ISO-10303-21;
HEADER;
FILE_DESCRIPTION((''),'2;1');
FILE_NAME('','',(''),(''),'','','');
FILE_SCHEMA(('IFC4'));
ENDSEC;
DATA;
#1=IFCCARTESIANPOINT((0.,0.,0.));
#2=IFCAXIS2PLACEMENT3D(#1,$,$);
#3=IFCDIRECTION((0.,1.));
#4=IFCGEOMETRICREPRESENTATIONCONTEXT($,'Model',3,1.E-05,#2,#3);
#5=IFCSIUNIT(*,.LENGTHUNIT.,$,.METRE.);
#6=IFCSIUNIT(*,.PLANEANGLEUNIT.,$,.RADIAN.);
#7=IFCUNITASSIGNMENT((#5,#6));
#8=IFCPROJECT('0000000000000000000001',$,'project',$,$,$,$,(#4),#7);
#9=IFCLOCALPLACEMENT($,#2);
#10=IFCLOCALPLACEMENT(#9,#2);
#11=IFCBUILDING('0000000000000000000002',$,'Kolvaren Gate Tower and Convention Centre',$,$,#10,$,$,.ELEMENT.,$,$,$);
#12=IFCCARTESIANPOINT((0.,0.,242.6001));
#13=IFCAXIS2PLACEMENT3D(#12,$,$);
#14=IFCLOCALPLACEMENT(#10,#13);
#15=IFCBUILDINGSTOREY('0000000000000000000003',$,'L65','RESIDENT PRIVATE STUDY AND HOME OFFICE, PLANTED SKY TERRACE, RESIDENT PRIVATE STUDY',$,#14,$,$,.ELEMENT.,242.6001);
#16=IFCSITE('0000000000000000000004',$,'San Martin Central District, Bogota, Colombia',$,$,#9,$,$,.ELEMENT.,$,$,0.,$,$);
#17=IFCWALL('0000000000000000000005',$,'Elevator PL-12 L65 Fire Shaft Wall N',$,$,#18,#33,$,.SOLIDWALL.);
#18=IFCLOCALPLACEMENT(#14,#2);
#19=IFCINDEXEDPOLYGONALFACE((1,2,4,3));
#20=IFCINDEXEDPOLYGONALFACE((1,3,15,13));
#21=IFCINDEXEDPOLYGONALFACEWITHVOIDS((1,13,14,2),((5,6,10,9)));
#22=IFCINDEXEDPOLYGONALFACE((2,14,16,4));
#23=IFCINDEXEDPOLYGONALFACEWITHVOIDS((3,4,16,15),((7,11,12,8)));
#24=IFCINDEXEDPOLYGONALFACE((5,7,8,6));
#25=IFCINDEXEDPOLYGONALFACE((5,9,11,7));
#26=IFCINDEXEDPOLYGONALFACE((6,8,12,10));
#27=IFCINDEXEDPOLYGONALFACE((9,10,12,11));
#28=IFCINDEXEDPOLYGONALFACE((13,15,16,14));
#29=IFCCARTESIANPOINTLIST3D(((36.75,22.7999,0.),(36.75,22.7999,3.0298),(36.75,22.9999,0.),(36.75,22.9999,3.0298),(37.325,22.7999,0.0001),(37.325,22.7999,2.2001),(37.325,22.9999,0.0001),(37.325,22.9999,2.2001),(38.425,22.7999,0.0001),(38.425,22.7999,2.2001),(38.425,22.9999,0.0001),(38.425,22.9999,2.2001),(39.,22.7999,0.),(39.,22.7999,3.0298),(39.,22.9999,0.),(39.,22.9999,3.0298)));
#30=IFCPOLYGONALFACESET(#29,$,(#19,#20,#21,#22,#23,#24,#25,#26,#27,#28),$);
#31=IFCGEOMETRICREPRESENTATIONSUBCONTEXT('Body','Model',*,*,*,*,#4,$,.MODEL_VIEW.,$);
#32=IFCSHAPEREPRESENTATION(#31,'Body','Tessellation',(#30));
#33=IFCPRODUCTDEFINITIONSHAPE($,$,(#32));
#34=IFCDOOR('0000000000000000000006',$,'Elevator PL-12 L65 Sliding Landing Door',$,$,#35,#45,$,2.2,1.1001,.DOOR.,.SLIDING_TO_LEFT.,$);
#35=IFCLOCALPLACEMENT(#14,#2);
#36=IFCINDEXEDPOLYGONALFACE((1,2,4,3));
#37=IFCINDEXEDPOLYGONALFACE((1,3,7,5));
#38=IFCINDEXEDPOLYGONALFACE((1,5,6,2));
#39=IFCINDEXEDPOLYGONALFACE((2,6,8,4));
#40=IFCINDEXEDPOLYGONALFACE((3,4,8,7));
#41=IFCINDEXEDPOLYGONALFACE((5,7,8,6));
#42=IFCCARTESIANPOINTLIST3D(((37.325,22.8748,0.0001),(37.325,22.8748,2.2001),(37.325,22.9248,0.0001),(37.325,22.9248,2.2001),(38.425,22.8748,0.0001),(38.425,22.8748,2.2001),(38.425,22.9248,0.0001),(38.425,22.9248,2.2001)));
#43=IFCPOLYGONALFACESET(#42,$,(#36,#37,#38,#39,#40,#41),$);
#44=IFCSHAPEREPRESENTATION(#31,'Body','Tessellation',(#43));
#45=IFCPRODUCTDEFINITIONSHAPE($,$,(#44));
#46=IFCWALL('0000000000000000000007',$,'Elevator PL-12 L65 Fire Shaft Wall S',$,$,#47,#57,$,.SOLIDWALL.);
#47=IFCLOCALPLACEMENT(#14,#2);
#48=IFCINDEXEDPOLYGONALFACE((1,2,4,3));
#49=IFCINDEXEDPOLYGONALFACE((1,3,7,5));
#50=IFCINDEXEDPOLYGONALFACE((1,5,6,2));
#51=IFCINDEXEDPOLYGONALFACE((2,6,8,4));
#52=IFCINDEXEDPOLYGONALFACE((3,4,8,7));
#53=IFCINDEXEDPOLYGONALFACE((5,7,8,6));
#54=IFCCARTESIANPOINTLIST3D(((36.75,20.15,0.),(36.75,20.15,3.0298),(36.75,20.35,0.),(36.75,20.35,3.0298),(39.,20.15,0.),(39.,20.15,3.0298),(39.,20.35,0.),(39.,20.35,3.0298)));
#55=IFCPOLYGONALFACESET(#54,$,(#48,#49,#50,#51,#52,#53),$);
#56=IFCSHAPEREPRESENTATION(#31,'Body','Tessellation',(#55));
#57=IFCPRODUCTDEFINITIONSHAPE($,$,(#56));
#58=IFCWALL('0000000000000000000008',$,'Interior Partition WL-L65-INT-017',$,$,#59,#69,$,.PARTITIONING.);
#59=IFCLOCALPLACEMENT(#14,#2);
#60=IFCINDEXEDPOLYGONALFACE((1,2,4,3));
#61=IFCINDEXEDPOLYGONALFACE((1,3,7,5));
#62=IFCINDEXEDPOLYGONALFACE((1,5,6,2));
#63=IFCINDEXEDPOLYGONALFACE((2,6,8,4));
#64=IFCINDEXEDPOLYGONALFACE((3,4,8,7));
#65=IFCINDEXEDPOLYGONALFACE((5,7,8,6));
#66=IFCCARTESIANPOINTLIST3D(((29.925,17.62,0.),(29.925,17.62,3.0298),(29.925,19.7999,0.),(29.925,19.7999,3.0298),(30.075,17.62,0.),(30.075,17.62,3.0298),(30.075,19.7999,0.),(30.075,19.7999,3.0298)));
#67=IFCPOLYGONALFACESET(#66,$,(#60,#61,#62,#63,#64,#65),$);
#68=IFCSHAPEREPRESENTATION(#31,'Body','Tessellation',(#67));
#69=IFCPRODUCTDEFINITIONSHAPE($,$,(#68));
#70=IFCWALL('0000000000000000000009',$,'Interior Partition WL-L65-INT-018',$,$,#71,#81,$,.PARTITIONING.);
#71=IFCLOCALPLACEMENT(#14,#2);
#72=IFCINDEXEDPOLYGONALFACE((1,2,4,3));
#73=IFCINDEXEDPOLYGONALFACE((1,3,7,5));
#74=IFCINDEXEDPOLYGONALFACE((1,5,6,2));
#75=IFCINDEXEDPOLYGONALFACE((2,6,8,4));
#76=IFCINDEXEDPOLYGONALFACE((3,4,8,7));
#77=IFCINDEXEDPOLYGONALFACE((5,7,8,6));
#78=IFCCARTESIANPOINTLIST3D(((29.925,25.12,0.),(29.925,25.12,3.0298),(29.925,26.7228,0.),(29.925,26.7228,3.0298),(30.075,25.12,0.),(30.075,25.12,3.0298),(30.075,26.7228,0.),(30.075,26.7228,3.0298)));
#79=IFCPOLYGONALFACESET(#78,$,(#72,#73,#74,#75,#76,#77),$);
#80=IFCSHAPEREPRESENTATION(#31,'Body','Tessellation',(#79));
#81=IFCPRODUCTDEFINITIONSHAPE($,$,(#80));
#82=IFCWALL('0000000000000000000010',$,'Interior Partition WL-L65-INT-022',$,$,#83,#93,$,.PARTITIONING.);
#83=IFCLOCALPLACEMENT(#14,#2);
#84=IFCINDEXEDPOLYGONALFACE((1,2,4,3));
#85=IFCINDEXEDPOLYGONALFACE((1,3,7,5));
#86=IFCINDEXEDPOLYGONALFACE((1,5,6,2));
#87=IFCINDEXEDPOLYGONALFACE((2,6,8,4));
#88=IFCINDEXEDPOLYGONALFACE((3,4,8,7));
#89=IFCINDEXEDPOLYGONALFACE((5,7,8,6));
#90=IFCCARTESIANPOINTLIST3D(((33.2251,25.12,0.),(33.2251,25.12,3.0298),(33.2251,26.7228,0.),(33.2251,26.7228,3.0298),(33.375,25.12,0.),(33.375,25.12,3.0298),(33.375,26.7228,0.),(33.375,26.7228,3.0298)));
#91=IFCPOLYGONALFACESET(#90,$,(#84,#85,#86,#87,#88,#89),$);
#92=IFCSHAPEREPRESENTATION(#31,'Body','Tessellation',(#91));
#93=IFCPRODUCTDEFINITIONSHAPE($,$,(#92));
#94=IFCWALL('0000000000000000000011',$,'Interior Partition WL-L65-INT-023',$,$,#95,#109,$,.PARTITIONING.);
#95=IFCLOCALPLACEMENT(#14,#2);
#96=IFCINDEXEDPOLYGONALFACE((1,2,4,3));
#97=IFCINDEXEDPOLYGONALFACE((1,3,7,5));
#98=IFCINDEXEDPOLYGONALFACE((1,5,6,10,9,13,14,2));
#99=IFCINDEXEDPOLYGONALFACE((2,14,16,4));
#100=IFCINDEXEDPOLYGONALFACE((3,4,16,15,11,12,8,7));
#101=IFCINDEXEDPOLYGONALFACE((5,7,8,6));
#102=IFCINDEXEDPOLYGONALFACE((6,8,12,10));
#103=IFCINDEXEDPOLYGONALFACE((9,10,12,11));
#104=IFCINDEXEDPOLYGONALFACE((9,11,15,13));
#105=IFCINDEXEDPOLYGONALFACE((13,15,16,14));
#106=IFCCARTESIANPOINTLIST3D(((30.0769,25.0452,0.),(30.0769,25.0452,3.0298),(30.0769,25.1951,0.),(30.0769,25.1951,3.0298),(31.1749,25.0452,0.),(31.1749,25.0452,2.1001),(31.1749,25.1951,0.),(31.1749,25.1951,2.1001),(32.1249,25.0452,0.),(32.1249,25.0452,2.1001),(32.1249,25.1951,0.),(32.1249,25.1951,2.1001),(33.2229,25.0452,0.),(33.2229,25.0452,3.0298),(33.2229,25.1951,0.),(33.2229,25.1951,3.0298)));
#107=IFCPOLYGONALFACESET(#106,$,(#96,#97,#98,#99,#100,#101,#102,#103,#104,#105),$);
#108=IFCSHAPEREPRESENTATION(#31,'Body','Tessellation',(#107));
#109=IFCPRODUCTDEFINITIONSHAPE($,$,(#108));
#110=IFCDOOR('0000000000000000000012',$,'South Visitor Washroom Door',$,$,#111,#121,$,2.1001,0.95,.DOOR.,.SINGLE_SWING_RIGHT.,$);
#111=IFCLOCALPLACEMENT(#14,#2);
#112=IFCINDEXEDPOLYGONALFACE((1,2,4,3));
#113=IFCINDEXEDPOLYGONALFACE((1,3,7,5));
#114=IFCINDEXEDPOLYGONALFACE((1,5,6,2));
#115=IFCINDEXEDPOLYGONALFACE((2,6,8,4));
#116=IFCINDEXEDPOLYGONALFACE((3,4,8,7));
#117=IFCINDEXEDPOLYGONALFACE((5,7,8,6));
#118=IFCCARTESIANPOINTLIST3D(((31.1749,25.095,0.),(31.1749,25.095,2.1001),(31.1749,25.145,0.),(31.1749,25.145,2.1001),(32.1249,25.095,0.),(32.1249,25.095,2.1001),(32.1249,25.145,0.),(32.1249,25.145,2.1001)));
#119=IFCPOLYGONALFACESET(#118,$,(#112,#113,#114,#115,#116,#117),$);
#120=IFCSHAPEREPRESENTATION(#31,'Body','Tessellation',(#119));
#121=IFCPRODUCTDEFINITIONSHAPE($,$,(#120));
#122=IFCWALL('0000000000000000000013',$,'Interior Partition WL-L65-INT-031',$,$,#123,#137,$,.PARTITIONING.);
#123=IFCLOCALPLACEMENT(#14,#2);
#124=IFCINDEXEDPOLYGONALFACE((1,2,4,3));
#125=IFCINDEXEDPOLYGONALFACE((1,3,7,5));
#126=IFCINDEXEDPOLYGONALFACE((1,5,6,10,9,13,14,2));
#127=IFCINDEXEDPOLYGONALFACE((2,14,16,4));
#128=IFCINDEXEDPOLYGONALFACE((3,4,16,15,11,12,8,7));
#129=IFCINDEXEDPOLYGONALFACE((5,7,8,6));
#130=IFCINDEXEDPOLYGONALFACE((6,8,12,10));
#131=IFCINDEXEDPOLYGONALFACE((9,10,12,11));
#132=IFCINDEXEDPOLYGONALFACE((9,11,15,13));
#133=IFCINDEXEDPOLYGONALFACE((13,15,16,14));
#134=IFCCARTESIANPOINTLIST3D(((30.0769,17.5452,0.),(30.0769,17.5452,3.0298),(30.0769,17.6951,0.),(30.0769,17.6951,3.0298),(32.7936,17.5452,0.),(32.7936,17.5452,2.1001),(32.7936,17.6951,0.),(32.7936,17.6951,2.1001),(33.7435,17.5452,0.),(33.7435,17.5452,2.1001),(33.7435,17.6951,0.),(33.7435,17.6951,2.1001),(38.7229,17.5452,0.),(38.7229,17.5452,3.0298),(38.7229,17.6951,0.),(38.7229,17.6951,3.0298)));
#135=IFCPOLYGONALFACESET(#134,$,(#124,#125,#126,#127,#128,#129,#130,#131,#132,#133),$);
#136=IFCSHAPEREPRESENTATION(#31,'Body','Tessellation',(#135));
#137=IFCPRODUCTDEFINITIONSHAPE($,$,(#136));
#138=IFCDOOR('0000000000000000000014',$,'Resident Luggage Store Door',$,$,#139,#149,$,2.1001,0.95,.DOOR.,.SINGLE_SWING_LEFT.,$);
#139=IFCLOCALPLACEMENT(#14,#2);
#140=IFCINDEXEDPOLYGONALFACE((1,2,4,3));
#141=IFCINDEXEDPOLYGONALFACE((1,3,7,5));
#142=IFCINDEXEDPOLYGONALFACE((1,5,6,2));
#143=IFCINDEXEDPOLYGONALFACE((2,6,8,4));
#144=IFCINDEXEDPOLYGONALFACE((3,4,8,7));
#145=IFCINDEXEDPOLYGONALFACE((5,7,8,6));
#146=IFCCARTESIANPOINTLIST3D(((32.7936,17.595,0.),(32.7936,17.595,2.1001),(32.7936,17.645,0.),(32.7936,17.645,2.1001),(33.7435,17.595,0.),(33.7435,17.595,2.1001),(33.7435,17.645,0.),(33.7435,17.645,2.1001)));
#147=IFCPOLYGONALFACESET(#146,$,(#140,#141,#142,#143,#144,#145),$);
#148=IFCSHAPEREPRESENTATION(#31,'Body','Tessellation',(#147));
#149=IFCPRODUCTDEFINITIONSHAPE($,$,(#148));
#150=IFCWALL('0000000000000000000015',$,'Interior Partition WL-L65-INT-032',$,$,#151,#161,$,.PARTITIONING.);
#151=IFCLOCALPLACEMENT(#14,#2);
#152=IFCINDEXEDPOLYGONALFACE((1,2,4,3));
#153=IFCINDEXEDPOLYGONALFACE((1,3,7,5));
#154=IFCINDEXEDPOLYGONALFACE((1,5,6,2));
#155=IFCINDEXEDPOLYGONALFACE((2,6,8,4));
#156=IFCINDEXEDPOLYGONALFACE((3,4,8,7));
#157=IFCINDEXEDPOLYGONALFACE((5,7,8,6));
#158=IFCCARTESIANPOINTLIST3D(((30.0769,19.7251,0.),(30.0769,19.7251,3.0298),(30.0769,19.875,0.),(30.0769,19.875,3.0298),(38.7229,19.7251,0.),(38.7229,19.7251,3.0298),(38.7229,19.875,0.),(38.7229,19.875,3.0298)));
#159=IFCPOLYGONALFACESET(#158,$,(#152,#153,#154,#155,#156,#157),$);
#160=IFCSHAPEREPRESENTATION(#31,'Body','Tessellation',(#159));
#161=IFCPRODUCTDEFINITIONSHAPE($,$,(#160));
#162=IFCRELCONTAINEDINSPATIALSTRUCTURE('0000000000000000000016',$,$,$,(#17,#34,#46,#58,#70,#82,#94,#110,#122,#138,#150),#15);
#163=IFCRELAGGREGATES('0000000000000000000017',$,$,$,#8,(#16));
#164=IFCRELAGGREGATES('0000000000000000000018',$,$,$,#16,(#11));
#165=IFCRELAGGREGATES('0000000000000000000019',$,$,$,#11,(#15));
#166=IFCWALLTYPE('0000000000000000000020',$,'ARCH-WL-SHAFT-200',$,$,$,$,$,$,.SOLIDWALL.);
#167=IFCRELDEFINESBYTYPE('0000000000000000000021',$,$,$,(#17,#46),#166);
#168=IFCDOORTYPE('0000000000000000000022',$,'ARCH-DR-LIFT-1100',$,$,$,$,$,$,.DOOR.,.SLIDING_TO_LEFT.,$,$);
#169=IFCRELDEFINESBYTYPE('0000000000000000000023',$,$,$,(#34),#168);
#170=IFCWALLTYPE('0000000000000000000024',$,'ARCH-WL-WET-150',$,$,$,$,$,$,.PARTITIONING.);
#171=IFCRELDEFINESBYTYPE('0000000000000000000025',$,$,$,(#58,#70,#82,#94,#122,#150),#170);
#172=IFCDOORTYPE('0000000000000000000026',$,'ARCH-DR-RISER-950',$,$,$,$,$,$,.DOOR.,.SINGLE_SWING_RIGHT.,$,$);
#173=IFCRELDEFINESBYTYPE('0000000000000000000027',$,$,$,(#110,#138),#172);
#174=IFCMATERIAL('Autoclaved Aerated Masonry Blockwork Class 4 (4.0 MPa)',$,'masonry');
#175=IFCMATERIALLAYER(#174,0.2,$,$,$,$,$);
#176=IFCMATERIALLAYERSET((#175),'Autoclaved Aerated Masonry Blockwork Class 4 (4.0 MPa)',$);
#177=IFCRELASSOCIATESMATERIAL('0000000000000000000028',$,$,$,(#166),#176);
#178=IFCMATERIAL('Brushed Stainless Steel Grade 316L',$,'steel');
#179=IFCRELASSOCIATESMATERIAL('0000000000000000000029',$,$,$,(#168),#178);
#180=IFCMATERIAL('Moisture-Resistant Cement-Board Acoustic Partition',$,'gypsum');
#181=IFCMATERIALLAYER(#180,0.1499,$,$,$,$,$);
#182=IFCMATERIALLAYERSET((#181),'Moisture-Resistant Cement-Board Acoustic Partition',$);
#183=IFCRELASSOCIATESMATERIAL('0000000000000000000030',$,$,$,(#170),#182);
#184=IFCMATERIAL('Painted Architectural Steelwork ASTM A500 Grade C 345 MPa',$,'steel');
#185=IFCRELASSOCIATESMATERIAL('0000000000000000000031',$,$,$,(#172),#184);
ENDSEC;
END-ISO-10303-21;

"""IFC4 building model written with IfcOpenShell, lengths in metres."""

from ifc_helpers import new_model, si_unit, direction, frame, frame_2d, origin, place, context, subcontext, project, spatial, rectangle, extrude, material, layer, layer_set, type_object, element, fill, save


model = new_model("IFC4")

# Units and contexts
model_context = context("Model", 3, precision=1e-05, world=origin(), true_north=direction((0.0, 1.0)))
body_context = subcontext(model_context, "Body", "Model", "MODEL_VIEW")
ifc_project = project(units=[si_unit("LENGTHUNIT", "METRE"), si_unit("PLANEANGLEUNIT", "RADIAN")], contexts=[model_context])

# Site, building, storey
site_placement = place(None, origin())
site = spatial("IfcSite", under=ifc_project, at=site_placement, Name="San Martin Central District, Bogota, Colombia", CompositionType="ELEMENT", RefElevation=0.0)
building_placement = place(site_placement, origin())
building = spatial("IfcBuilding", under=site, at=building_placement, Name="Kolvaren Gate Tower and Convention Centre", CompositionType="ELEMENT")
storey_placement = place(building_placement, frame((0.0, 0.0, 242.6001)))
storey = spatial("IfcBuildingStorey", under=building, at=storey_placement, Name="L65", Description="RESIDENT PRIVATE STUDY AND HOME OFFICE, PLANTED SKY TERRACE, RESIDENT PRIVATE STUDY", CompositionType="ELEMENT", Elevation=242.6001)

# Shared definitions
ifc_material_1 = material(Name="Autoclaved Aerated Masonry Blockwork Class 4 (4.0 MPa)", Category="masonry")
ifc_layer_1 = layer(ifc_material_1, 0.2)
ifc_layer_set_1 = layer_set([ifc_layer_1], Name="Autoclaved Aerated Masonry Blockwork Class 4 (4.0 MPa)")
wall_type_1 = type_object("IfcWallType", Name="ARCH-WL-SHAFT-200", PredefinedType="SOLIDWALL", material=ifc_layer_set_1)

# Shared definitions
ifc_material_2 = material(Name="Brushed Stainless Steel Grade 316L", Category="steel")
door_type_1 = type_object("IfcDoorType", Name="ARCH-DR-LIFT-1100", OperationType="SLIDING_TO_LEFT", PredefinedType="DOOR", material=ifc_material_2)

# Wall, opening, door
wall_1_placement = place(storey_placement, frame((36.75, 22.8999, 0.0), z_axis=(0.0, 0.0, 1.0), x_axis=(1.0, 0.0, 0.0)))
wall_1 = element("IfcWall", 1, at=wall_1_placement, inside=storey, type_object=wall_type_1, Name="Elevator PL-12 L65 Fire Shaft Wall N", PredefinedType="SOLIDWALL", context=body_context, shape_type="SweptSolid", body=[
    extrude(rectangle(XDim=2.25, YDim=0.2, at=frame_2d((1.125, 0.0))), origin(), (0.0, 0.0, 1.0), 3.0298),
])
opening_1_placement = place(wall_1_placement, frame((0.575, 0.0, 0.0)))
opening_1 = element("IfcOpeningElement", 2, at=opening_1_placement, cuts=wall_1, PredefinedType="OPENING", context=body_context, shape_type="SweptSolid", body=[
    extrude(rectangle(XDim=1.1001, YDim=2.2, at=frame_2d((0.55, 1.1001))), frame((0.0, 0.1099, 0.0), z_axis=(0.0, -1.0, 0.0), x_axis=(1.0, 0.0, 0.0)), (0.0, 0.0, 1.0), 0.22),
])
door_1_placement = place(opening_1_placement, origin())
door_1 = element("IfcDoor", 3, at=door_1_placement, inside=storey, type_object=door_type_1, Name="Elevator PL-12 L65 Sliding Landing Door", OperationType="SLIDING_TO_LEFT", OverallHeight=2.2, OverallWidth=1.1001, PredefinedType="DOOR", context=body_context, shape_type="SweptSolid", body=[
    extrude(rectangle(XDim=1.1001, YDim=2.2, at=frame_2d((0.55, 1.1001))), frame((0.0, 0.0249, 0.0), z_axis=(0.0, -1.0, 0.0), x_axis=(1.0, 0.0, 0.0)), (0.0, 0.0, 1.0), 0.05),
])
fill(opening_1, door_1)

# Walls
wall_2_placement = place(storey_placement, frame((36.75, 20.25, 0.0), z_axis=(0.0, 0.0, 1.0), x_axis=(1.0, 0.0, 0.0)))
element("IfcWall", 4, at=wall_2_placement, inside=storey, type_object=wall_type_1, Name="Elevator PL-12 L65 Fire Shaft Wall S", PredefinedType="SOLIDWALL", context=body_context, shape_type="SweptSolid", body=[
    extrude(rectangle(XDim=2.25, YDim=0.2, at=frame_2d((1.125, 0.0))), origin(), (0.0, 0.0, 1.0), 3.0298),
])
ifc_material_3 = material(Name="Moisture-Resistant Cement-Board Acoustic Partition", Category="gypsum")
ifc_layer_2 = layer(ifc_material_3, 0.1499)
ifc_layer_set_2 = layer_set([ifc_layer_2], Name="Moisture-Resistant Cement-Board Acoustic Partition")
wall_type_2 = type_object("IfcWallType", Name="ARCH-WL-WET-150", PredefinedType="PARTITIONING", material=ifc_layer_set_2)
wall_3_placement = place(storey_placement, frame((30.0, 17.6201, 0.0), z_axis=(0.0, 0.0, 1.0), x_axis=(0.0, 1.0, 0.0)))
element("IfcWall", 5, at=wall_3_placement, inside=storey, type_object=wall_type_2, Name="Interior Partition WL-L65-INT-017", PredefinedType="PARTITIONING", context=body_context, shape_type="SweptSolid", body=[
    extrude(rectangle(XDim=2.1799, YDim=0.1499, at=frame_2d((1.0898, 0.0))), origin(), (0.0, 0.0, 1.0), 3.0298),
])
for number, where, z_axis, x_axis, name in (
    (6, (30.0, 25.1201, 0.0), (0.0, 0.0, 1.0), (0.0, 1.0, 0.0), "Interior Partition WL-L65-INT-018"),
    (7, (33.3, 25.1201, 0.0), (0.0, 0.0, 1.0), (0.0, 1.0, 0.0), "Interior Partition WL-L65-INT-022"),
):
    element("IfcWall", number, at=place(storey_placement, frame(where, z_axis=z_axis, x_axis=x_axis)), inside=storey, type_object=wall_type_2, Name=name, PredefinedType="PARTITIONING", context=body_context, shape_type="SweptSolid", body=[
        extrude(rectangle(XDim=1.6028, YDim=0.1499, at=frame_2d((0.8013, 0.0))), origin(), (0.0, 0.0, 1.0), 3.0298),
    ])

# Walls, openings, doors
wall_4_placement = place(storey_placement, frame((30.0769, 25.1201, 0.0), z_axis=(0.0, 0.0, 1.0), x_axis=(1.0, 0.0, 0.0)))
wall_4 = element("IfcWall", 8, at=wall_4_placement, inside=storey, type_object=wall_type_2, Name="Interior Partition WL-L65-INT-023", PredefinedType="PARTITIONING", context=body_context, shape_type="SweptSolid", body=[
    extrude(rectangle(XDim=3.146, YDim=0.1499, at=frame_2d((1.573, 0.0))), origin(), (0.0, 0.0, 1.0), 3.0298),
])
opening_2_placement = place(wall_4_placement, frame((1.0979, 0.0, 0.0)))
opening_2 = element("IfcOpeningElement", 9, at=opening_2_placement, cuts=wall_4, PredefinedType="OPENING", context=body_context, shape_type="SweptSolid", body=[
    extrude(rectangle(XDim=0.95, YDim=2.1001, at=frame_2d((0.4751, 1.05))), frame((0.0, 0.085, 0.0), z_axis=(0.0, -1.0, 0.0), x_axis=(1.0, 0.0, 0.0)), (0.0, 0.0, 1.0), 0.1699),
])
ifc_material_4 = material(Name="Painted Architectural Steelwork ASTM A500 Grade C 345 MPa", Category="steel")
door_type_2 = type_object("IfcDoorType", Name="ARCH-DR-RISER-950", OperationType="SINGLE_SWING_RIGHT", PredefinedType="DOOR", material=ifc_material_4)
door_2_placement = place(opening_2_placement, origin())
door_2 = element("IfcDoor", 10, at=door_2_placement, inside=storey, type_object=door_type_2, Name="South Visitor Washroom Door", OperationType="SINGLE_SWING_RIGHT", OverallHeight=2.1001, OverallWidth=0.95, PredefinedType="DOOR", context=body_context, shape_type="SweptSolid", body=[
    extrude(rectangle(XDim=0.95, YDim=2.1001, at=frame_2d((0.4751, 1.05))), frame((0.0, 0.0249, 0.0), z_axis=(0.0, -1.0, 0.0), x_axis=(1.0, 0.0, 0.0)), (0.0, 0.0, 1.0), 0.05),
])
fill(opening_2, door_2)
wall_5_placement = place(storey_placement, frame((30.0769, 17.6201, 0.0), z_axis=(0.0, 0.0, 1.0), x_axis=(1.0, 0.0, 0.0)))
wall_5 = element("IfcWall", 11, at=wall_5_placement, inside=storey, type_object=wall_type_2, Name="Interior Partition WL-L65-INT-031", PredefinedType="PARTITIONING", context=body_context, shape_type="SweptSolid", body=[
    extrude(rectangle(XDim=8.646, YDim=0.1499, at=frame_2d((4.323, 0.0))), origin(), (0.0, 0.0, 1.0), 3.0298),
])
opening_3_placement = place(wall_5_placement, frame((2.7166, 0.0, 0.0)))
opening_3 = element("IfcOpeningElement", 12, at=opening_3_placement, cuts=wall_5, PredefinedType="OPENING", context=body_context, shape_type="SweptSolid", body=[
    extrude(rectangle(XDim=0.95, YDim=2.1001, at=frame_2d((0.4751, 1.05))), frame((0.0, 0.085, 0.0), z_axis=(0.0, -1.0, 0.0), x_axis=(1.0, 0.0, 0.0)), (0.0, 0.0, 1.0), 0.1699),
])
door_3_placement = place(opening_3_placement, origin())
door_3 = element("IfcDoor", 13, at=door_3_placement, inside=storey, type_object=door_type_2, Name="Resident Luggage Store Door", OperationType="SINGLE_SWING_LEFT", OverallHeight=2.1001, OverallWidth=0.95, PredefinedType="DOOR", context=body_context, shape_type="SweptSolid", body=[
    extrude(rectangle(XDim=0.95, YDim=2.1001, at=frame_2d((0.4751, 1.05))), frame((0.0, 0.0249, 0.0), z_axis=(0.0, -1.0, 0.0), x_axis=(1.0, 0.0, 0.0)), (0.0, 0.0, 1.0), 0.05),
])
fill(opening_3, door_3)

# Wall
wall_6_placement = place(storey_placement, frame((30.0769, 19.8, 0.0), z_axis=(0.0, 0.0, 1.0), x_axis=(1.0, 0.0, 0.0)))
element("IfcWall", 14, at=wall_6_placement, inside=storey, type_object=wall_type_2, Name="Interior Partition WL-L65-INT-032", PredefinedType="PARTITIONING", context=body_context, shape_type="SweptSolid", body=[
    extrude(rectangle(XDim=8.646, YDim=0.1499, at=frame_2d((4.323, 0.0))), origin(), (0.0, 0.0, 1.0), 3.0298),
])

save(model, "model.ifc")
